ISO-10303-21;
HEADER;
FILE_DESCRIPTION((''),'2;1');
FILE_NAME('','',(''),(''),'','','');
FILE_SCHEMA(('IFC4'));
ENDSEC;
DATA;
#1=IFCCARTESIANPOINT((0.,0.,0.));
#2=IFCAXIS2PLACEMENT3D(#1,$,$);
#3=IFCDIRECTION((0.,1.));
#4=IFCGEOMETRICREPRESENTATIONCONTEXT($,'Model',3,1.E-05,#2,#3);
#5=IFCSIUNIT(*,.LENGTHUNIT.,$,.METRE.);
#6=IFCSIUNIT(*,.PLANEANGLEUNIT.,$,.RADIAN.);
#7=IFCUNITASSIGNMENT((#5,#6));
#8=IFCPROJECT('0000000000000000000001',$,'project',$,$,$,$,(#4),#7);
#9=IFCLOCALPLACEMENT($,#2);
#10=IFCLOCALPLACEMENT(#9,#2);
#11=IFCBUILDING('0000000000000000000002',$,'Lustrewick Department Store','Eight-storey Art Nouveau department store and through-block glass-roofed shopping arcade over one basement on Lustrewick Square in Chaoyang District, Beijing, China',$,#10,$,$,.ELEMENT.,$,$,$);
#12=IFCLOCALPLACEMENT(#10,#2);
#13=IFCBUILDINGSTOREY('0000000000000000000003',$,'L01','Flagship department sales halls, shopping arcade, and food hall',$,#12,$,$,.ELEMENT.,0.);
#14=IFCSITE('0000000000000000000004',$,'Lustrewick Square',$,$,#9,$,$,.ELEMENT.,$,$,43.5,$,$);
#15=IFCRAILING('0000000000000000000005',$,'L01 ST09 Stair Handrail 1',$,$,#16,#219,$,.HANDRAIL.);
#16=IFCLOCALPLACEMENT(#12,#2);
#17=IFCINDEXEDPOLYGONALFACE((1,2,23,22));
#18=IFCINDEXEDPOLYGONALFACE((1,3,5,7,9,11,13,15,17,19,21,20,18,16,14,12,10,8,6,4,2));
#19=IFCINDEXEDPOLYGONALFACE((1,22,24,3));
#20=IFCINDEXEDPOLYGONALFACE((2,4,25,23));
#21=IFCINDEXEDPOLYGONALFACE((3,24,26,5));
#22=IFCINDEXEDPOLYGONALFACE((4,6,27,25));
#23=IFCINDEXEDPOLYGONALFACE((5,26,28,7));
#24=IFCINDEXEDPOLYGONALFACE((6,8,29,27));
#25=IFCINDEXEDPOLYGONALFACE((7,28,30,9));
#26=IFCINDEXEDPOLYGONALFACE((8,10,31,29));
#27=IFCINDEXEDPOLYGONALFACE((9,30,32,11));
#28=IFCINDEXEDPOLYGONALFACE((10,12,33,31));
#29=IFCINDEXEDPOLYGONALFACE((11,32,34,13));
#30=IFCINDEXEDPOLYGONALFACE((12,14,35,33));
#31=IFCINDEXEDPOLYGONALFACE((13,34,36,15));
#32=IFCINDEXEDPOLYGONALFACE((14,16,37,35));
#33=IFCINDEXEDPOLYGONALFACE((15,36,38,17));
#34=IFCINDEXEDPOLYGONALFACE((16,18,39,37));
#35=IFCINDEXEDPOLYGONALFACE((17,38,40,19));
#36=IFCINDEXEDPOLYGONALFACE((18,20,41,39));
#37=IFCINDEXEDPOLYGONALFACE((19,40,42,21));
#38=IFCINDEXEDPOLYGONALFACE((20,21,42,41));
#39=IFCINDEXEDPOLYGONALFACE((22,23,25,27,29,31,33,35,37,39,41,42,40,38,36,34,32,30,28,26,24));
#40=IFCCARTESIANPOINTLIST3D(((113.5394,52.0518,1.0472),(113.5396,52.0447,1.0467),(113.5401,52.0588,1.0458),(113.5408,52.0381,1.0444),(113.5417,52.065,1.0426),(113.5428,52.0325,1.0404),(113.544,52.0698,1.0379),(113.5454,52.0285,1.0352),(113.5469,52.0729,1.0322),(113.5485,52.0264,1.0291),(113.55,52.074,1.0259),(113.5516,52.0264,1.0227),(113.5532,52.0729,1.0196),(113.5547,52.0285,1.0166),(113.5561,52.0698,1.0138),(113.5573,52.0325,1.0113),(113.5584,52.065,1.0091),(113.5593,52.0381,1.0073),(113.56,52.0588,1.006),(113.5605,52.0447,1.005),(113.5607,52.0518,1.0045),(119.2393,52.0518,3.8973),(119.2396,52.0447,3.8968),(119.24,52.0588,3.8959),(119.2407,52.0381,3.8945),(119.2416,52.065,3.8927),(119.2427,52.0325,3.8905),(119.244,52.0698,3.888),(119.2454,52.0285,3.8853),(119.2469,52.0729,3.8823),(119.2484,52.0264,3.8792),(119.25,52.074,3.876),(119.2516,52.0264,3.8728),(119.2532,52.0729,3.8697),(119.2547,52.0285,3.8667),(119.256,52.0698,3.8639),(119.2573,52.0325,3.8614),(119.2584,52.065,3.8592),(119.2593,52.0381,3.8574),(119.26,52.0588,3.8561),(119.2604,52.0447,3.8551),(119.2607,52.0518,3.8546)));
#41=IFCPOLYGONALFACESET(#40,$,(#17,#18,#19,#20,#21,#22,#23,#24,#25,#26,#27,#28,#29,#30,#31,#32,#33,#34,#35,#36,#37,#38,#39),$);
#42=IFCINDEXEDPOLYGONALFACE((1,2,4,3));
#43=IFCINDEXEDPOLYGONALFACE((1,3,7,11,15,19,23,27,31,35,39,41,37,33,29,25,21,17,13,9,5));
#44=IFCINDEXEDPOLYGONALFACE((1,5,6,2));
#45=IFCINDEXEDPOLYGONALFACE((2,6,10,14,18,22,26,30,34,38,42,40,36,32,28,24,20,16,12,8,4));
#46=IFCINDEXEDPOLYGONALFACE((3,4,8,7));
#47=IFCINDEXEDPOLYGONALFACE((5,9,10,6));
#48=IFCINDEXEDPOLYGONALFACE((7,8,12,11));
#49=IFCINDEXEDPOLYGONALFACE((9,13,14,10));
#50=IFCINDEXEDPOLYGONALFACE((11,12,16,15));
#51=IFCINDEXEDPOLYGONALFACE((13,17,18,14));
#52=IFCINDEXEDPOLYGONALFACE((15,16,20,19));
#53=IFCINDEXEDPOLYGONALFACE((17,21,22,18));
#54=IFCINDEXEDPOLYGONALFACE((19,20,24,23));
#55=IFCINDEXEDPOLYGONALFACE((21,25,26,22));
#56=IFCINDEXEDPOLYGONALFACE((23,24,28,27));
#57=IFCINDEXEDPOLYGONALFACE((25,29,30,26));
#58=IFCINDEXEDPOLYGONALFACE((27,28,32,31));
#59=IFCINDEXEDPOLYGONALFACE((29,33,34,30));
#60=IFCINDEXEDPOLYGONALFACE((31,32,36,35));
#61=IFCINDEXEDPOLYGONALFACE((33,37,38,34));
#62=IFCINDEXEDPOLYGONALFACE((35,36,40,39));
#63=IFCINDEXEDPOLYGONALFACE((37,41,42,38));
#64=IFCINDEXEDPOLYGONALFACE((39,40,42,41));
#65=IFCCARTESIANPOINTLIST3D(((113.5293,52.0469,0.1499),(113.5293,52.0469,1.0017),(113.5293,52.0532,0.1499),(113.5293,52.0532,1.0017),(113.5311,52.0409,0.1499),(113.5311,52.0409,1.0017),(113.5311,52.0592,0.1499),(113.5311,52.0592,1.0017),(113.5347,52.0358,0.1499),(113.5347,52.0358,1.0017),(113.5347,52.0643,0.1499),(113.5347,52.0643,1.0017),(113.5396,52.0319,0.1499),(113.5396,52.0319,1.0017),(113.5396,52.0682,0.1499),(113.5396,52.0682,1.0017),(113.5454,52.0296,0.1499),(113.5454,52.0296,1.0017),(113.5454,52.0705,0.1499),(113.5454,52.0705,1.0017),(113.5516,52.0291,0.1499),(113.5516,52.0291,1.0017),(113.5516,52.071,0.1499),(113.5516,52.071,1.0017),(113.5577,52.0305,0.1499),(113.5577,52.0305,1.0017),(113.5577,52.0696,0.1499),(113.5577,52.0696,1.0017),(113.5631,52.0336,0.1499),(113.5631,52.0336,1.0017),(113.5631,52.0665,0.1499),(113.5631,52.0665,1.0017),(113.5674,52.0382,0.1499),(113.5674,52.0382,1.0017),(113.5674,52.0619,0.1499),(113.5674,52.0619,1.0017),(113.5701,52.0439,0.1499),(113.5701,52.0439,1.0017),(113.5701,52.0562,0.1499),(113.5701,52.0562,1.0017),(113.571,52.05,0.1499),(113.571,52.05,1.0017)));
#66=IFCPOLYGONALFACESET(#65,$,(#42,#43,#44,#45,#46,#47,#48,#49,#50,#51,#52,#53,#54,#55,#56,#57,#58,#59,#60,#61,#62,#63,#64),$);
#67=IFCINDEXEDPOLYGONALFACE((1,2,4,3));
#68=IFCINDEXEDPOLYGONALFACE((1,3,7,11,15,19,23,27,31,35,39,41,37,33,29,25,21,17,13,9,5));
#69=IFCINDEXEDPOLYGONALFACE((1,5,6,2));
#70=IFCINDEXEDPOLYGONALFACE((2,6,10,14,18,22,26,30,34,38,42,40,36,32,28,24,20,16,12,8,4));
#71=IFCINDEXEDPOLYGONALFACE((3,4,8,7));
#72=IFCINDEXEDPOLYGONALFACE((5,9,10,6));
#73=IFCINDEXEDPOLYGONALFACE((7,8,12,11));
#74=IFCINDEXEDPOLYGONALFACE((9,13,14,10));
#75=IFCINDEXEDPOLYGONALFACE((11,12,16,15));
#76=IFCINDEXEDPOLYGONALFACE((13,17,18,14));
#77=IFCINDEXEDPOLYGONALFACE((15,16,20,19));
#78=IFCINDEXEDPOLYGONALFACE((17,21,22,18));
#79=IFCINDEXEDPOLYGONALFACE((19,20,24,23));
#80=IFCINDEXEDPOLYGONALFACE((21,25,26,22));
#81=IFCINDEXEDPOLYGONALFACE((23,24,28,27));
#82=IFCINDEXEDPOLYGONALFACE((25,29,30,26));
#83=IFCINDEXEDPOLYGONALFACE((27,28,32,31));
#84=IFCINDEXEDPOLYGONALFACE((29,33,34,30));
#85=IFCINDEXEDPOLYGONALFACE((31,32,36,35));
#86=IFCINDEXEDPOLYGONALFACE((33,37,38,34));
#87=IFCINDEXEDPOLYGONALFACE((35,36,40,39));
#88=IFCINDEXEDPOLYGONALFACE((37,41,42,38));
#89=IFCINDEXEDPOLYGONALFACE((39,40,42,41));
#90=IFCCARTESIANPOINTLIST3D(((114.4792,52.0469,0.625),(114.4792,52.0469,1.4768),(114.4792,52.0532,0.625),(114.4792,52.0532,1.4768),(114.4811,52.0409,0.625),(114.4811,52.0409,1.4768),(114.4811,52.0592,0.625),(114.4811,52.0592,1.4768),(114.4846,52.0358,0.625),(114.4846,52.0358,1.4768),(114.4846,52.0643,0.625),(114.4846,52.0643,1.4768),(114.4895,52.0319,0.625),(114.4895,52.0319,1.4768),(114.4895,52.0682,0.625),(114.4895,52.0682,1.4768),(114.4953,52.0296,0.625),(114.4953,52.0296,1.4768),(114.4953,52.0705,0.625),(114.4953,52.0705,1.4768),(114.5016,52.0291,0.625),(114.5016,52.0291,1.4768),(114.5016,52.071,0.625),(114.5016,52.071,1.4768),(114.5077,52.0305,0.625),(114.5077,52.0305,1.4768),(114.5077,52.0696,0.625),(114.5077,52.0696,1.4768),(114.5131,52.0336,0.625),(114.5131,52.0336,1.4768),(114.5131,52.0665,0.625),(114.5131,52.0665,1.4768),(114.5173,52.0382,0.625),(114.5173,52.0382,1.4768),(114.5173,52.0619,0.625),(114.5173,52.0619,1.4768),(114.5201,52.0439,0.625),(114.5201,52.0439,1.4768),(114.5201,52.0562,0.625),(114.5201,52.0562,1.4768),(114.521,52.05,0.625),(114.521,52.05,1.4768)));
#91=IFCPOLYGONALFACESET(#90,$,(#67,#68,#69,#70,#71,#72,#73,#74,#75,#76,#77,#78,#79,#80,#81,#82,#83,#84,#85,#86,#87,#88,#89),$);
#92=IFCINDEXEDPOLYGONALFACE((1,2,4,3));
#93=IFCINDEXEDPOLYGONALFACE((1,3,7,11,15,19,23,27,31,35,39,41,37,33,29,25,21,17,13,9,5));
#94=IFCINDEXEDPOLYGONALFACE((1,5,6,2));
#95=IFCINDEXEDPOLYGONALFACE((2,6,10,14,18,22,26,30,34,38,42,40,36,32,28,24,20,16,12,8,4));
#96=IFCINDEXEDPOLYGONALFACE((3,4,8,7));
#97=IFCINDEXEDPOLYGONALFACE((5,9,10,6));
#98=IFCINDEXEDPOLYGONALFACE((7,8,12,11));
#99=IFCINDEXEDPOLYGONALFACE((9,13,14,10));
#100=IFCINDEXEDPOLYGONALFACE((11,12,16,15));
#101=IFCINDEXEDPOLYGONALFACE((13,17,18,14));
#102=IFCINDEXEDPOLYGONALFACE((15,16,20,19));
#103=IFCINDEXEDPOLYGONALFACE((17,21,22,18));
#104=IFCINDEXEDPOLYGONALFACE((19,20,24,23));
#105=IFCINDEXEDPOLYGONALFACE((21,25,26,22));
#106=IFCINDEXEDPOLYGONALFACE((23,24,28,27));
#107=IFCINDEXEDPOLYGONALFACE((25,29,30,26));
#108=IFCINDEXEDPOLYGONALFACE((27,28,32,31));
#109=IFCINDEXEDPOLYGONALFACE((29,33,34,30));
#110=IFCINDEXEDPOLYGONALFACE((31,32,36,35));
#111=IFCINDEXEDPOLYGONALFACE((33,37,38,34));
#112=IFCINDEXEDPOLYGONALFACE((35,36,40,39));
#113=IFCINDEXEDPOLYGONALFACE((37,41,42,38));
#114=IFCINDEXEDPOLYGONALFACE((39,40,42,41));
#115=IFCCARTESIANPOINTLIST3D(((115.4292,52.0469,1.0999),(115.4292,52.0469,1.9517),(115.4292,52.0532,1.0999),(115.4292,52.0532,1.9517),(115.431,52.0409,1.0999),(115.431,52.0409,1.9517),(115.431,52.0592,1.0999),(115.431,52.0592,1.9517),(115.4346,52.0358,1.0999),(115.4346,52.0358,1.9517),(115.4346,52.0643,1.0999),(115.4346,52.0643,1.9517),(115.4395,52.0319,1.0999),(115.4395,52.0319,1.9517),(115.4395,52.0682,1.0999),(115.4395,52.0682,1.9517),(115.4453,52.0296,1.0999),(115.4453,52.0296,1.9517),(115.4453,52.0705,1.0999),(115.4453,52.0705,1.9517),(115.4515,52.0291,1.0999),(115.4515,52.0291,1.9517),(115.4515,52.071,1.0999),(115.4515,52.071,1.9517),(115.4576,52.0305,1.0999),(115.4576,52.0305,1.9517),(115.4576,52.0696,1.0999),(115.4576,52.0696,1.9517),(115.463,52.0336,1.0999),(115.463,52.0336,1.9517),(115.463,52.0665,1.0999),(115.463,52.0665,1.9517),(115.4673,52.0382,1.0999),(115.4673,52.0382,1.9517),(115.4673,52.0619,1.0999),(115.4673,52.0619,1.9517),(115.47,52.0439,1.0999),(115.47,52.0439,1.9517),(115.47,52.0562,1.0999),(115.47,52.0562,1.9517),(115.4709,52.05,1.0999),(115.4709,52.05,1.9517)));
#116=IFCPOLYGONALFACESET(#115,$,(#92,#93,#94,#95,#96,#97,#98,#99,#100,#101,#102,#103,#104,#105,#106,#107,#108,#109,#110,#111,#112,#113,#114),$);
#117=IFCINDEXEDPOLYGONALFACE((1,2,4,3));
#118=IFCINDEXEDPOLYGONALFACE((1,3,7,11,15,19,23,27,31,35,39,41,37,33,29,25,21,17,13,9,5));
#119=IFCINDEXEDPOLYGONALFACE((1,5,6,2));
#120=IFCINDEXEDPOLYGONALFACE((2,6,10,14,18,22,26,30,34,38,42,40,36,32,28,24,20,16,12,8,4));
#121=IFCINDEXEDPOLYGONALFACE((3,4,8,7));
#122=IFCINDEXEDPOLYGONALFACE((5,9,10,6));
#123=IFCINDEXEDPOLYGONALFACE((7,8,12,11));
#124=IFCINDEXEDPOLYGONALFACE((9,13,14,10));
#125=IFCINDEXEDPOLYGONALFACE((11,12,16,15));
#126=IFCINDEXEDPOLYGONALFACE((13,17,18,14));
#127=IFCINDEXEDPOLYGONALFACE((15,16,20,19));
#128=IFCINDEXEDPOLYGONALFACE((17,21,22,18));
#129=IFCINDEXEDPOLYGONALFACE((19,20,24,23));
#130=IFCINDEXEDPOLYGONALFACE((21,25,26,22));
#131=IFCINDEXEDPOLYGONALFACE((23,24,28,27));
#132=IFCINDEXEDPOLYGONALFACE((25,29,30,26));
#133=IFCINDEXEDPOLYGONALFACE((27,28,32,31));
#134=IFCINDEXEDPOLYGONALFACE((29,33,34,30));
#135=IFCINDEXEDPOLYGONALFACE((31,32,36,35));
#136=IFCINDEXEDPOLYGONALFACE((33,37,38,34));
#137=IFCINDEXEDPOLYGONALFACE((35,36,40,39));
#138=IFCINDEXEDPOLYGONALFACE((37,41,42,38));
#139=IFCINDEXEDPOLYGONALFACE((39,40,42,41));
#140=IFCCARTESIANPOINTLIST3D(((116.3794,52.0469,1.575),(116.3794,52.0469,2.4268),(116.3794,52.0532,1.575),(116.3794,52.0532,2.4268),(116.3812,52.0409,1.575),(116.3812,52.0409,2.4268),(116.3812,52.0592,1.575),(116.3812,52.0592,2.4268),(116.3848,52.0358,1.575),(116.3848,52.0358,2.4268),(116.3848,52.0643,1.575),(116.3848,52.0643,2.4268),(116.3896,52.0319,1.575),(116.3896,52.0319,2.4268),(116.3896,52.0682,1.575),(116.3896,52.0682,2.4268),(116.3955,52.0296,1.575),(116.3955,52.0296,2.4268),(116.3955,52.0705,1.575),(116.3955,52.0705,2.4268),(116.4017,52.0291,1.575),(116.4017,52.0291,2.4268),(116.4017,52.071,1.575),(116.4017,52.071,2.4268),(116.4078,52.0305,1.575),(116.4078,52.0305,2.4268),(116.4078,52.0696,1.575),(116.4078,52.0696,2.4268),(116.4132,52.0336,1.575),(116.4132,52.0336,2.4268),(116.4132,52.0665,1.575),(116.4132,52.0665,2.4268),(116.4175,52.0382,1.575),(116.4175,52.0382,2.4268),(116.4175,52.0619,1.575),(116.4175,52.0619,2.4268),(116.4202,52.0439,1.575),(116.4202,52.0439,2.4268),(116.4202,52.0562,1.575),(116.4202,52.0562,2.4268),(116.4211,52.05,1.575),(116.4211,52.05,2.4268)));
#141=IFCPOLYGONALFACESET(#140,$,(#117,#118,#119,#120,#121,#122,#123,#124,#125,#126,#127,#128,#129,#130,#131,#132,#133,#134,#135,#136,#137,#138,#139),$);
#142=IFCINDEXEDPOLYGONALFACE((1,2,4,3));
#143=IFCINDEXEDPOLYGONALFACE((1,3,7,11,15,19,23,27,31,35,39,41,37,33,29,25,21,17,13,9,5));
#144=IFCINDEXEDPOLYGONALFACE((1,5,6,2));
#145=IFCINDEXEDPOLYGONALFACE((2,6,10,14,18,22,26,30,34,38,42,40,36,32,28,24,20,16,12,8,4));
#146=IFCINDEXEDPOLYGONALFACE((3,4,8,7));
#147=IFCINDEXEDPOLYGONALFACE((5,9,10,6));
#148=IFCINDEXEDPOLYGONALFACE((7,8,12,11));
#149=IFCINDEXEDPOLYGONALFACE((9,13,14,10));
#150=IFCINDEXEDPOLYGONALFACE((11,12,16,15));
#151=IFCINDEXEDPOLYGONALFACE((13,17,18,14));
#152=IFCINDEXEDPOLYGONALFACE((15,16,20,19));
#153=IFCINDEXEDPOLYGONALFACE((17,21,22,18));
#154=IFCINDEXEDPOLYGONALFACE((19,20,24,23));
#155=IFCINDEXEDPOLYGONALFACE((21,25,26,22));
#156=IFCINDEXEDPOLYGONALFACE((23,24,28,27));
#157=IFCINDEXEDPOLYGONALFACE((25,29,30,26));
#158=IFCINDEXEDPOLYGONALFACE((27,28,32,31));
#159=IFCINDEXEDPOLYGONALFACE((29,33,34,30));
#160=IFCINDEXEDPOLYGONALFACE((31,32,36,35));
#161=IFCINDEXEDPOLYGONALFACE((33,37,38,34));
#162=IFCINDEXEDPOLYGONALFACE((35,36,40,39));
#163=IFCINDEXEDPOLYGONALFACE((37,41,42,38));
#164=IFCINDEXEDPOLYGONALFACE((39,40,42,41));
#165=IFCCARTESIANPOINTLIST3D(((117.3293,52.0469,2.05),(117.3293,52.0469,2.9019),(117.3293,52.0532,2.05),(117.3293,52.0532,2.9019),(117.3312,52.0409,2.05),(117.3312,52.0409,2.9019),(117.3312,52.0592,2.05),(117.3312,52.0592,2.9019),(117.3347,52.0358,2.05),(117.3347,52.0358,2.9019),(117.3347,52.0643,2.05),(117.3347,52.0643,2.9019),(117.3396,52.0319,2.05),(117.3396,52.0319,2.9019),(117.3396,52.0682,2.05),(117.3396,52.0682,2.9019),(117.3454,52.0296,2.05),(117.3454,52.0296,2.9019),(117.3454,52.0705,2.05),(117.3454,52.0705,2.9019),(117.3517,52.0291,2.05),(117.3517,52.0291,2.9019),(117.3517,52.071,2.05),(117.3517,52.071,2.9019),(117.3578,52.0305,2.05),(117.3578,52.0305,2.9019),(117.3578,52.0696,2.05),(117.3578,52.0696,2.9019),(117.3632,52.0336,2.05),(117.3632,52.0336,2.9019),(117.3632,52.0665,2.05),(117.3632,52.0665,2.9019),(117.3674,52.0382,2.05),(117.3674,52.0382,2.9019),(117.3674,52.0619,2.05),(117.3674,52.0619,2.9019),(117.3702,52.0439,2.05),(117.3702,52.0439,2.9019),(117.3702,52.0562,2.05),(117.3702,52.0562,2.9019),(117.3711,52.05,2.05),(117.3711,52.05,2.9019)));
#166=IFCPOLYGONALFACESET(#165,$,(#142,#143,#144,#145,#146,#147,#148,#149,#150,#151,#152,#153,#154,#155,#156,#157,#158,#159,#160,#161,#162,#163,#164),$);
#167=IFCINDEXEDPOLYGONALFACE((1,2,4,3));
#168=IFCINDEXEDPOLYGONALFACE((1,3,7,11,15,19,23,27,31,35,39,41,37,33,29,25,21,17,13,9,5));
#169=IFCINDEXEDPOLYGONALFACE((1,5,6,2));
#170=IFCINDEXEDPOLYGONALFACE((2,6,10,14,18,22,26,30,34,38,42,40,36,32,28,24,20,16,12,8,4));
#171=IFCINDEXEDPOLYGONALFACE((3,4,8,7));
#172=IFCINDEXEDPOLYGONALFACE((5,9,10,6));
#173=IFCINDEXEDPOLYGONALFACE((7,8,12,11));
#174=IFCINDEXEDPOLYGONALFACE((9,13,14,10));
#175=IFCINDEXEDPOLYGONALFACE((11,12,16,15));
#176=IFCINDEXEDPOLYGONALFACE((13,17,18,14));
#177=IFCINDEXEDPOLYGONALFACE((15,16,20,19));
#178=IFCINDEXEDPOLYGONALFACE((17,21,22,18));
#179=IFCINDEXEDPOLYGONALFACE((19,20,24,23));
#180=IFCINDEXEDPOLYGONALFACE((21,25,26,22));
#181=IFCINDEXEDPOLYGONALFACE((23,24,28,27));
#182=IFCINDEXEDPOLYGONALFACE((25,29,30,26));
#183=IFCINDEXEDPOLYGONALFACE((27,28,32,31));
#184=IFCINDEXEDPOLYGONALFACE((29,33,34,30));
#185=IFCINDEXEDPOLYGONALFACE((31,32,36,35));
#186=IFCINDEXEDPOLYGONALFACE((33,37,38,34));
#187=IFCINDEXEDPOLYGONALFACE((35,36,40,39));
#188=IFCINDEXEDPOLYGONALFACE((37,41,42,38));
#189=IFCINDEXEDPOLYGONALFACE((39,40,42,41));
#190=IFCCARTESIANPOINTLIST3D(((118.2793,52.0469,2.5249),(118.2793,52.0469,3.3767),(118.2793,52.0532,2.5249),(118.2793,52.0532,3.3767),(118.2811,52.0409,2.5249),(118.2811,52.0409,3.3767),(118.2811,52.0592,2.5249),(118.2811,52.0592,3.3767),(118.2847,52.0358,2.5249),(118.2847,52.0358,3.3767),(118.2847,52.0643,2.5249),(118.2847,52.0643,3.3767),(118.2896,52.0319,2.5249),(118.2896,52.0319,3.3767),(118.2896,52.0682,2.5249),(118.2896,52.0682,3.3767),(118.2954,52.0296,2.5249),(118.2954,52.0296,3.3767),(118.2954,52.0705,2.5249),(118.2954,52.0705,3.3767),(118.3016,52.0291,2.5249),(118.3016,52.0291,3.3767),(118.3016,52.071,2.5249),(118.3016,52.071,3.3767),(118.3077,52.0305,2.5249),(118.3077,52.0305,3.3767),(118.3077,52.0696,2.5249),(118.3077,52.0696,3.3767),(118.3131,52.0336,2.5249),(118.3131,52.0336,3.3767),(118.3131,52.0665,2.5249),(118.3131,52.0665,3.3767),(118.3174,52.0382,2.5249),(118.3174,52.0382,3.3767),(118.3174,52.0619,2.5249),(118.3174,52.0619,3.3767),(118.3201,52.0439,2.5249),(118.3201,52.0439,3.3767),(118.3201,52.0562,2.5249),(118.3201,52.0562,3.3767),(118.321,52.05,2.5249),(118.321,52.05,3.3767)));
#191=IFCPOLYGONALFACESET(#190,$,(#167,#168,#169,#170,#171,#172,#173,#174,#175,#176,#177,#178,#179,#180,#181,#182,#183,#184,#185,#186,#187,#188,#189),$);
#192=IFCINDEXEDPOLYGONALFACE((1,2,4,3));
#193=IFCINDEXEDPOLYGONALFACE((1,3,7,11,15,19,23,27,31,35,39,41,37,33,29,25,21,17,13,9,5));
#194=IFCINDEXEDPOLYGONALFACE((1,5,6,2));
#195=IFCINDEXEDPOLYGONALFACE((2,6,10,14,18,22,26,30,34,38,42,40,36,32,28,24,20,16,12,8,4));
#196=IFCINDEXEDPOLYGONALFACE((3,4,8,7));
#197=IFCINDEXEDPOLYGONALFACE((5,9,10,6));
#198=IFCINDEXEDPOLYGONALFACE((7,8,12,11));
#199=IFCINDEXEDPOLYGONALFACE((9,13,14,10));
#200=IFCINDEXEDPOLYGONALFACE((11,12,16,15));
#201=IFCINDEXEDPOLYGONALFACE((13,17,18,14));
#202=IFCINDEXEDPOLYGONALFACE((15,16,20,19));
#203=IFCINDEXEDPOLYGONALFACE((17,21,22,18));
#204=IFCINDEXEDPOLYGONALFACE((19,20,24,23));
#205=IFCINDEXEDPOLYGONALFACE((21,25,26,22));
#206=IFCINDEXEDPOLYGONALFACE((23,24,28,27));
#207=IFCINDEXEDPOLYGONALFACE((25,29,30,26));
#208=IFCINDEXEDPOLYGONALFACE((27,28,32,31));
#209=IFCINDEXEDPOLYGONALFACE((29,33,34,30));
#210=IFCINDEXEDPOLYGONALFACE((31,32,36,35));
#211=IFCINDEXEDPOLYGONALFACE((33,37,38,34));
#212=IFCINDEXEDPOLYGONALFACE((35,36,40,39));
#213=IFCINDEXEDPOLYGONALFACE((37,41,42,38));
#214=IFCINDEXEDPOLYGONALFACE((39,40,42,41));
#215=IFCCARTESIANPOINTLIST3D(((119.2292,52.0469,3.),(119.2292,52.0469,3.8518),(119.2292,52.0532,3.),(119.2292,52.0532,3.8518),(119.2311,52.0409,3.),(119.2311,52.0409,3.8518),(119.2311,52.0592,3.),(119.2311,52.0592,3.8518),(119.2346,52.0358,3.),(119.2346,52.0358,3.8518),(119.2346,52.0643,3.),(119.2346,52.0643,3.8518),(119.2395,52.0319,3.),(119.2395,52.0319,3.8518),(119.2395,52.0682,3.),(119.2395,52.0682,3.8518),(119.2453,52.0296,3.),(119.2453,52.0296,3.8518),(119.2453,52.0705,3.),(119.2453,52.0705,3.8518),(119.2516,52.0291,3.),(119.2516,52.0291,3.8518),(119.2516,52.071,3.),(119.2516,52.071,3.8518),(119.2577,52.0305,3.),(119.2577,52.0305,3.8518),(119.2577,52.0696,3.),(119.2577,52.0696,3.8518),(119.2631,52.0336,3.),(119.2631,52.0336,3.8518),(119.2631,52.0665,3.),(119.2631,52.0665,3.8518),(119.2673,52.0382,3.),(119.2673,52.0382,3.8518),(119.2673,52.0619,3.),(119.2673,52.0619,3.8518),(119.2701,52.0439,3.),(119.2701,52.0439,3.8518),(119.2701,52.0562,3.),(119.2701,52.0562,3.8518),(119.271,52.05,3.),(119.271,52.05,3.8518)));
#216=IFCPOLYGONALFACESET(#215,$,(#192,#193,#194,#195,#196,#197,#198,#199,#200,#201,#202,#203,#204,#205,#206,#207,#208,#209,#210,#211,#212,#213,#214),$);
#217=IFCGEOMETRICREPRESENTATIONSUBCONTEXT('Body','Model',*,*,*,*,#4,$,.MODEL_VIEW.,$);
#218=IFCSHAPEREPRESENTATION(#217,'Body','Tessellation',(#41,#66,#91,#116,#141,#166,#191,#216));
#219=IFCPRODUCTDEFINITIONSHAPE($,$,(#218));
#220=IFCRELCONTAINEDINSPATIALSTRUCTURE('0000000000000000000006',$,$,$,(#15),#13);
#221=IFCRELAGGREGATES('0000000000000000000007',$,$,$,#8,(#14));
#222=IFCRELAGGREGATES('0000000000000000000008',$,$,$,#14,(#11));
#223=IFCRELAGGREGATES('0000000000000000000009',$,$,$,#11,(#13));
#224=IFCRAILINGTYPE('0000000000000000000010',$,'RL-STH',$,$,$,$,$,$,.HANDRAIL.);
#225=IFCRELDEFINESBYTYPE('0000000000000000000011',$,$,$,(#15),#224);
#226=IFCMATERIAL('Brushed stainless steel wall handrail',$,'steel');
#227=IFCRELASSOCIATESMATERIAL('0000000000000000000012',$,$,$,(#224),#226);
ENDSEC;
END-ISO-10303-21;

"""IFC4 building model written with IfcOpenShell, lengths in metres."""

from ifc_helpers import new_model, si_unit, direction, frame, origin, origin_2d, place, context, subcontext, project, spatial, circle, extrude, material, type_object, element, save


model = new_model("IFC4")

# Units and contexts
model_context = context("Model", 3, precision=1e-05, world=origin(), true_north=direction((0.0, 1.0)))
body_context = subcontext(model_context, "Body", "Model", "MODEL_VIEW")
ifc_project = project(units=[si_unit("LENGTHUNIT", "METRE"), si_unit("PLANEANGLEUNIT", "RADIAN")], contexts=[model_context])

# Site, building, storey
site_placement = place(None, origin())
site = spatial("IfcSite", under=ifc_project, at=site_placement, Name="Lustrewick Square", CompositionType="ELEMENT", RefElevation=43.5)
building_placement = place(site_placement, origin())
building = spatial("IfcBuilding", under=site, at=building_placement, Name="Lustrewick Department Store", Description="Eight-storey Art Nouveau department store and through-block glass-roofed shopping arcade over one basement on Lustrewick Square in Chaoyang District, Beijing, China", CompositionType="ELEMENT")
storey_placement = place(building_placement, origin())
storey = spatial("IfcBuildingStorey", under=building, at=storey_placement, Name="L01", Description="Flagship department sales halls, shopping arcade, and food hall", CompositionType="ELEMENT", Elevation=0.0)

# Railing
ifc_material_1 = material(Name="Brushed stainless steel wall handrail", Category="steel")
railing_type_1 = type_object("IfcRailingType", Name="RL-STH", PredefinedType="HANDRAIL", material=ifc_material_1)
railing_1_placement = place(storey_placement, frame((113.55, 52.05, 0.1499)))
element("IfcRailing", 1, at=railing_1_placement, inside=storey, type_object=railing_type_1, Name="L01 ST09 Stair Handrail 1", PredefinedType="HANDRAIL", context=body_context, shape_type="SweptSolid", body=[
    extrude(circle(Radius=0.0239, at=origin_2d()), frame((0.0, 0.0, 0.876), z_axis=(0.89442, 0.0, 0.447229), x_axis=(0.0, 1.0, 0.0)), (0.0, 0.0, 1.0), 6.3728),
    extrude(circle(Radius=0.021, at=origin_2d()), origin(), (0.0, 0.0, 1.0), 0.8518),
    extrude(circle(Radius=0.021, at=origin_2d()), frame((0.95, 0.0, 0.4751)), (0.0, 0.0, 1.0), 0.8518),
    extrude(circle(Radius=0.021, at=origin_2d()), frame((1.8999, 0.0, 0.95)), (0.0, 0.0, 1.0), 0.8518),
    extrude(circle(Radius=0.021, at=origin_2d()), frame((2.8501, 0.0, 1.425)), (0.0, 0.0, 1.0), 0.8518),
    extrude(circle(Radius=0.021, at=origin_2d()), frame((3.8, 0.0, 1.9001)), (0.0, 0.0, 1.0), 0.8518),
    extrude(circle(Radius=0.021, at=origin_2d()), frame((4.75, 0.0, 2.375)), (0.0, 0.0, 1.0), 0.8518),
    extrude(circle(Radius=0.021, at=origin_2d()), frame((5.7, 0.0, 2.8501)), (0.0, 0.0, 1.0), 0.8518),
])

save(model, "model.ifc")
